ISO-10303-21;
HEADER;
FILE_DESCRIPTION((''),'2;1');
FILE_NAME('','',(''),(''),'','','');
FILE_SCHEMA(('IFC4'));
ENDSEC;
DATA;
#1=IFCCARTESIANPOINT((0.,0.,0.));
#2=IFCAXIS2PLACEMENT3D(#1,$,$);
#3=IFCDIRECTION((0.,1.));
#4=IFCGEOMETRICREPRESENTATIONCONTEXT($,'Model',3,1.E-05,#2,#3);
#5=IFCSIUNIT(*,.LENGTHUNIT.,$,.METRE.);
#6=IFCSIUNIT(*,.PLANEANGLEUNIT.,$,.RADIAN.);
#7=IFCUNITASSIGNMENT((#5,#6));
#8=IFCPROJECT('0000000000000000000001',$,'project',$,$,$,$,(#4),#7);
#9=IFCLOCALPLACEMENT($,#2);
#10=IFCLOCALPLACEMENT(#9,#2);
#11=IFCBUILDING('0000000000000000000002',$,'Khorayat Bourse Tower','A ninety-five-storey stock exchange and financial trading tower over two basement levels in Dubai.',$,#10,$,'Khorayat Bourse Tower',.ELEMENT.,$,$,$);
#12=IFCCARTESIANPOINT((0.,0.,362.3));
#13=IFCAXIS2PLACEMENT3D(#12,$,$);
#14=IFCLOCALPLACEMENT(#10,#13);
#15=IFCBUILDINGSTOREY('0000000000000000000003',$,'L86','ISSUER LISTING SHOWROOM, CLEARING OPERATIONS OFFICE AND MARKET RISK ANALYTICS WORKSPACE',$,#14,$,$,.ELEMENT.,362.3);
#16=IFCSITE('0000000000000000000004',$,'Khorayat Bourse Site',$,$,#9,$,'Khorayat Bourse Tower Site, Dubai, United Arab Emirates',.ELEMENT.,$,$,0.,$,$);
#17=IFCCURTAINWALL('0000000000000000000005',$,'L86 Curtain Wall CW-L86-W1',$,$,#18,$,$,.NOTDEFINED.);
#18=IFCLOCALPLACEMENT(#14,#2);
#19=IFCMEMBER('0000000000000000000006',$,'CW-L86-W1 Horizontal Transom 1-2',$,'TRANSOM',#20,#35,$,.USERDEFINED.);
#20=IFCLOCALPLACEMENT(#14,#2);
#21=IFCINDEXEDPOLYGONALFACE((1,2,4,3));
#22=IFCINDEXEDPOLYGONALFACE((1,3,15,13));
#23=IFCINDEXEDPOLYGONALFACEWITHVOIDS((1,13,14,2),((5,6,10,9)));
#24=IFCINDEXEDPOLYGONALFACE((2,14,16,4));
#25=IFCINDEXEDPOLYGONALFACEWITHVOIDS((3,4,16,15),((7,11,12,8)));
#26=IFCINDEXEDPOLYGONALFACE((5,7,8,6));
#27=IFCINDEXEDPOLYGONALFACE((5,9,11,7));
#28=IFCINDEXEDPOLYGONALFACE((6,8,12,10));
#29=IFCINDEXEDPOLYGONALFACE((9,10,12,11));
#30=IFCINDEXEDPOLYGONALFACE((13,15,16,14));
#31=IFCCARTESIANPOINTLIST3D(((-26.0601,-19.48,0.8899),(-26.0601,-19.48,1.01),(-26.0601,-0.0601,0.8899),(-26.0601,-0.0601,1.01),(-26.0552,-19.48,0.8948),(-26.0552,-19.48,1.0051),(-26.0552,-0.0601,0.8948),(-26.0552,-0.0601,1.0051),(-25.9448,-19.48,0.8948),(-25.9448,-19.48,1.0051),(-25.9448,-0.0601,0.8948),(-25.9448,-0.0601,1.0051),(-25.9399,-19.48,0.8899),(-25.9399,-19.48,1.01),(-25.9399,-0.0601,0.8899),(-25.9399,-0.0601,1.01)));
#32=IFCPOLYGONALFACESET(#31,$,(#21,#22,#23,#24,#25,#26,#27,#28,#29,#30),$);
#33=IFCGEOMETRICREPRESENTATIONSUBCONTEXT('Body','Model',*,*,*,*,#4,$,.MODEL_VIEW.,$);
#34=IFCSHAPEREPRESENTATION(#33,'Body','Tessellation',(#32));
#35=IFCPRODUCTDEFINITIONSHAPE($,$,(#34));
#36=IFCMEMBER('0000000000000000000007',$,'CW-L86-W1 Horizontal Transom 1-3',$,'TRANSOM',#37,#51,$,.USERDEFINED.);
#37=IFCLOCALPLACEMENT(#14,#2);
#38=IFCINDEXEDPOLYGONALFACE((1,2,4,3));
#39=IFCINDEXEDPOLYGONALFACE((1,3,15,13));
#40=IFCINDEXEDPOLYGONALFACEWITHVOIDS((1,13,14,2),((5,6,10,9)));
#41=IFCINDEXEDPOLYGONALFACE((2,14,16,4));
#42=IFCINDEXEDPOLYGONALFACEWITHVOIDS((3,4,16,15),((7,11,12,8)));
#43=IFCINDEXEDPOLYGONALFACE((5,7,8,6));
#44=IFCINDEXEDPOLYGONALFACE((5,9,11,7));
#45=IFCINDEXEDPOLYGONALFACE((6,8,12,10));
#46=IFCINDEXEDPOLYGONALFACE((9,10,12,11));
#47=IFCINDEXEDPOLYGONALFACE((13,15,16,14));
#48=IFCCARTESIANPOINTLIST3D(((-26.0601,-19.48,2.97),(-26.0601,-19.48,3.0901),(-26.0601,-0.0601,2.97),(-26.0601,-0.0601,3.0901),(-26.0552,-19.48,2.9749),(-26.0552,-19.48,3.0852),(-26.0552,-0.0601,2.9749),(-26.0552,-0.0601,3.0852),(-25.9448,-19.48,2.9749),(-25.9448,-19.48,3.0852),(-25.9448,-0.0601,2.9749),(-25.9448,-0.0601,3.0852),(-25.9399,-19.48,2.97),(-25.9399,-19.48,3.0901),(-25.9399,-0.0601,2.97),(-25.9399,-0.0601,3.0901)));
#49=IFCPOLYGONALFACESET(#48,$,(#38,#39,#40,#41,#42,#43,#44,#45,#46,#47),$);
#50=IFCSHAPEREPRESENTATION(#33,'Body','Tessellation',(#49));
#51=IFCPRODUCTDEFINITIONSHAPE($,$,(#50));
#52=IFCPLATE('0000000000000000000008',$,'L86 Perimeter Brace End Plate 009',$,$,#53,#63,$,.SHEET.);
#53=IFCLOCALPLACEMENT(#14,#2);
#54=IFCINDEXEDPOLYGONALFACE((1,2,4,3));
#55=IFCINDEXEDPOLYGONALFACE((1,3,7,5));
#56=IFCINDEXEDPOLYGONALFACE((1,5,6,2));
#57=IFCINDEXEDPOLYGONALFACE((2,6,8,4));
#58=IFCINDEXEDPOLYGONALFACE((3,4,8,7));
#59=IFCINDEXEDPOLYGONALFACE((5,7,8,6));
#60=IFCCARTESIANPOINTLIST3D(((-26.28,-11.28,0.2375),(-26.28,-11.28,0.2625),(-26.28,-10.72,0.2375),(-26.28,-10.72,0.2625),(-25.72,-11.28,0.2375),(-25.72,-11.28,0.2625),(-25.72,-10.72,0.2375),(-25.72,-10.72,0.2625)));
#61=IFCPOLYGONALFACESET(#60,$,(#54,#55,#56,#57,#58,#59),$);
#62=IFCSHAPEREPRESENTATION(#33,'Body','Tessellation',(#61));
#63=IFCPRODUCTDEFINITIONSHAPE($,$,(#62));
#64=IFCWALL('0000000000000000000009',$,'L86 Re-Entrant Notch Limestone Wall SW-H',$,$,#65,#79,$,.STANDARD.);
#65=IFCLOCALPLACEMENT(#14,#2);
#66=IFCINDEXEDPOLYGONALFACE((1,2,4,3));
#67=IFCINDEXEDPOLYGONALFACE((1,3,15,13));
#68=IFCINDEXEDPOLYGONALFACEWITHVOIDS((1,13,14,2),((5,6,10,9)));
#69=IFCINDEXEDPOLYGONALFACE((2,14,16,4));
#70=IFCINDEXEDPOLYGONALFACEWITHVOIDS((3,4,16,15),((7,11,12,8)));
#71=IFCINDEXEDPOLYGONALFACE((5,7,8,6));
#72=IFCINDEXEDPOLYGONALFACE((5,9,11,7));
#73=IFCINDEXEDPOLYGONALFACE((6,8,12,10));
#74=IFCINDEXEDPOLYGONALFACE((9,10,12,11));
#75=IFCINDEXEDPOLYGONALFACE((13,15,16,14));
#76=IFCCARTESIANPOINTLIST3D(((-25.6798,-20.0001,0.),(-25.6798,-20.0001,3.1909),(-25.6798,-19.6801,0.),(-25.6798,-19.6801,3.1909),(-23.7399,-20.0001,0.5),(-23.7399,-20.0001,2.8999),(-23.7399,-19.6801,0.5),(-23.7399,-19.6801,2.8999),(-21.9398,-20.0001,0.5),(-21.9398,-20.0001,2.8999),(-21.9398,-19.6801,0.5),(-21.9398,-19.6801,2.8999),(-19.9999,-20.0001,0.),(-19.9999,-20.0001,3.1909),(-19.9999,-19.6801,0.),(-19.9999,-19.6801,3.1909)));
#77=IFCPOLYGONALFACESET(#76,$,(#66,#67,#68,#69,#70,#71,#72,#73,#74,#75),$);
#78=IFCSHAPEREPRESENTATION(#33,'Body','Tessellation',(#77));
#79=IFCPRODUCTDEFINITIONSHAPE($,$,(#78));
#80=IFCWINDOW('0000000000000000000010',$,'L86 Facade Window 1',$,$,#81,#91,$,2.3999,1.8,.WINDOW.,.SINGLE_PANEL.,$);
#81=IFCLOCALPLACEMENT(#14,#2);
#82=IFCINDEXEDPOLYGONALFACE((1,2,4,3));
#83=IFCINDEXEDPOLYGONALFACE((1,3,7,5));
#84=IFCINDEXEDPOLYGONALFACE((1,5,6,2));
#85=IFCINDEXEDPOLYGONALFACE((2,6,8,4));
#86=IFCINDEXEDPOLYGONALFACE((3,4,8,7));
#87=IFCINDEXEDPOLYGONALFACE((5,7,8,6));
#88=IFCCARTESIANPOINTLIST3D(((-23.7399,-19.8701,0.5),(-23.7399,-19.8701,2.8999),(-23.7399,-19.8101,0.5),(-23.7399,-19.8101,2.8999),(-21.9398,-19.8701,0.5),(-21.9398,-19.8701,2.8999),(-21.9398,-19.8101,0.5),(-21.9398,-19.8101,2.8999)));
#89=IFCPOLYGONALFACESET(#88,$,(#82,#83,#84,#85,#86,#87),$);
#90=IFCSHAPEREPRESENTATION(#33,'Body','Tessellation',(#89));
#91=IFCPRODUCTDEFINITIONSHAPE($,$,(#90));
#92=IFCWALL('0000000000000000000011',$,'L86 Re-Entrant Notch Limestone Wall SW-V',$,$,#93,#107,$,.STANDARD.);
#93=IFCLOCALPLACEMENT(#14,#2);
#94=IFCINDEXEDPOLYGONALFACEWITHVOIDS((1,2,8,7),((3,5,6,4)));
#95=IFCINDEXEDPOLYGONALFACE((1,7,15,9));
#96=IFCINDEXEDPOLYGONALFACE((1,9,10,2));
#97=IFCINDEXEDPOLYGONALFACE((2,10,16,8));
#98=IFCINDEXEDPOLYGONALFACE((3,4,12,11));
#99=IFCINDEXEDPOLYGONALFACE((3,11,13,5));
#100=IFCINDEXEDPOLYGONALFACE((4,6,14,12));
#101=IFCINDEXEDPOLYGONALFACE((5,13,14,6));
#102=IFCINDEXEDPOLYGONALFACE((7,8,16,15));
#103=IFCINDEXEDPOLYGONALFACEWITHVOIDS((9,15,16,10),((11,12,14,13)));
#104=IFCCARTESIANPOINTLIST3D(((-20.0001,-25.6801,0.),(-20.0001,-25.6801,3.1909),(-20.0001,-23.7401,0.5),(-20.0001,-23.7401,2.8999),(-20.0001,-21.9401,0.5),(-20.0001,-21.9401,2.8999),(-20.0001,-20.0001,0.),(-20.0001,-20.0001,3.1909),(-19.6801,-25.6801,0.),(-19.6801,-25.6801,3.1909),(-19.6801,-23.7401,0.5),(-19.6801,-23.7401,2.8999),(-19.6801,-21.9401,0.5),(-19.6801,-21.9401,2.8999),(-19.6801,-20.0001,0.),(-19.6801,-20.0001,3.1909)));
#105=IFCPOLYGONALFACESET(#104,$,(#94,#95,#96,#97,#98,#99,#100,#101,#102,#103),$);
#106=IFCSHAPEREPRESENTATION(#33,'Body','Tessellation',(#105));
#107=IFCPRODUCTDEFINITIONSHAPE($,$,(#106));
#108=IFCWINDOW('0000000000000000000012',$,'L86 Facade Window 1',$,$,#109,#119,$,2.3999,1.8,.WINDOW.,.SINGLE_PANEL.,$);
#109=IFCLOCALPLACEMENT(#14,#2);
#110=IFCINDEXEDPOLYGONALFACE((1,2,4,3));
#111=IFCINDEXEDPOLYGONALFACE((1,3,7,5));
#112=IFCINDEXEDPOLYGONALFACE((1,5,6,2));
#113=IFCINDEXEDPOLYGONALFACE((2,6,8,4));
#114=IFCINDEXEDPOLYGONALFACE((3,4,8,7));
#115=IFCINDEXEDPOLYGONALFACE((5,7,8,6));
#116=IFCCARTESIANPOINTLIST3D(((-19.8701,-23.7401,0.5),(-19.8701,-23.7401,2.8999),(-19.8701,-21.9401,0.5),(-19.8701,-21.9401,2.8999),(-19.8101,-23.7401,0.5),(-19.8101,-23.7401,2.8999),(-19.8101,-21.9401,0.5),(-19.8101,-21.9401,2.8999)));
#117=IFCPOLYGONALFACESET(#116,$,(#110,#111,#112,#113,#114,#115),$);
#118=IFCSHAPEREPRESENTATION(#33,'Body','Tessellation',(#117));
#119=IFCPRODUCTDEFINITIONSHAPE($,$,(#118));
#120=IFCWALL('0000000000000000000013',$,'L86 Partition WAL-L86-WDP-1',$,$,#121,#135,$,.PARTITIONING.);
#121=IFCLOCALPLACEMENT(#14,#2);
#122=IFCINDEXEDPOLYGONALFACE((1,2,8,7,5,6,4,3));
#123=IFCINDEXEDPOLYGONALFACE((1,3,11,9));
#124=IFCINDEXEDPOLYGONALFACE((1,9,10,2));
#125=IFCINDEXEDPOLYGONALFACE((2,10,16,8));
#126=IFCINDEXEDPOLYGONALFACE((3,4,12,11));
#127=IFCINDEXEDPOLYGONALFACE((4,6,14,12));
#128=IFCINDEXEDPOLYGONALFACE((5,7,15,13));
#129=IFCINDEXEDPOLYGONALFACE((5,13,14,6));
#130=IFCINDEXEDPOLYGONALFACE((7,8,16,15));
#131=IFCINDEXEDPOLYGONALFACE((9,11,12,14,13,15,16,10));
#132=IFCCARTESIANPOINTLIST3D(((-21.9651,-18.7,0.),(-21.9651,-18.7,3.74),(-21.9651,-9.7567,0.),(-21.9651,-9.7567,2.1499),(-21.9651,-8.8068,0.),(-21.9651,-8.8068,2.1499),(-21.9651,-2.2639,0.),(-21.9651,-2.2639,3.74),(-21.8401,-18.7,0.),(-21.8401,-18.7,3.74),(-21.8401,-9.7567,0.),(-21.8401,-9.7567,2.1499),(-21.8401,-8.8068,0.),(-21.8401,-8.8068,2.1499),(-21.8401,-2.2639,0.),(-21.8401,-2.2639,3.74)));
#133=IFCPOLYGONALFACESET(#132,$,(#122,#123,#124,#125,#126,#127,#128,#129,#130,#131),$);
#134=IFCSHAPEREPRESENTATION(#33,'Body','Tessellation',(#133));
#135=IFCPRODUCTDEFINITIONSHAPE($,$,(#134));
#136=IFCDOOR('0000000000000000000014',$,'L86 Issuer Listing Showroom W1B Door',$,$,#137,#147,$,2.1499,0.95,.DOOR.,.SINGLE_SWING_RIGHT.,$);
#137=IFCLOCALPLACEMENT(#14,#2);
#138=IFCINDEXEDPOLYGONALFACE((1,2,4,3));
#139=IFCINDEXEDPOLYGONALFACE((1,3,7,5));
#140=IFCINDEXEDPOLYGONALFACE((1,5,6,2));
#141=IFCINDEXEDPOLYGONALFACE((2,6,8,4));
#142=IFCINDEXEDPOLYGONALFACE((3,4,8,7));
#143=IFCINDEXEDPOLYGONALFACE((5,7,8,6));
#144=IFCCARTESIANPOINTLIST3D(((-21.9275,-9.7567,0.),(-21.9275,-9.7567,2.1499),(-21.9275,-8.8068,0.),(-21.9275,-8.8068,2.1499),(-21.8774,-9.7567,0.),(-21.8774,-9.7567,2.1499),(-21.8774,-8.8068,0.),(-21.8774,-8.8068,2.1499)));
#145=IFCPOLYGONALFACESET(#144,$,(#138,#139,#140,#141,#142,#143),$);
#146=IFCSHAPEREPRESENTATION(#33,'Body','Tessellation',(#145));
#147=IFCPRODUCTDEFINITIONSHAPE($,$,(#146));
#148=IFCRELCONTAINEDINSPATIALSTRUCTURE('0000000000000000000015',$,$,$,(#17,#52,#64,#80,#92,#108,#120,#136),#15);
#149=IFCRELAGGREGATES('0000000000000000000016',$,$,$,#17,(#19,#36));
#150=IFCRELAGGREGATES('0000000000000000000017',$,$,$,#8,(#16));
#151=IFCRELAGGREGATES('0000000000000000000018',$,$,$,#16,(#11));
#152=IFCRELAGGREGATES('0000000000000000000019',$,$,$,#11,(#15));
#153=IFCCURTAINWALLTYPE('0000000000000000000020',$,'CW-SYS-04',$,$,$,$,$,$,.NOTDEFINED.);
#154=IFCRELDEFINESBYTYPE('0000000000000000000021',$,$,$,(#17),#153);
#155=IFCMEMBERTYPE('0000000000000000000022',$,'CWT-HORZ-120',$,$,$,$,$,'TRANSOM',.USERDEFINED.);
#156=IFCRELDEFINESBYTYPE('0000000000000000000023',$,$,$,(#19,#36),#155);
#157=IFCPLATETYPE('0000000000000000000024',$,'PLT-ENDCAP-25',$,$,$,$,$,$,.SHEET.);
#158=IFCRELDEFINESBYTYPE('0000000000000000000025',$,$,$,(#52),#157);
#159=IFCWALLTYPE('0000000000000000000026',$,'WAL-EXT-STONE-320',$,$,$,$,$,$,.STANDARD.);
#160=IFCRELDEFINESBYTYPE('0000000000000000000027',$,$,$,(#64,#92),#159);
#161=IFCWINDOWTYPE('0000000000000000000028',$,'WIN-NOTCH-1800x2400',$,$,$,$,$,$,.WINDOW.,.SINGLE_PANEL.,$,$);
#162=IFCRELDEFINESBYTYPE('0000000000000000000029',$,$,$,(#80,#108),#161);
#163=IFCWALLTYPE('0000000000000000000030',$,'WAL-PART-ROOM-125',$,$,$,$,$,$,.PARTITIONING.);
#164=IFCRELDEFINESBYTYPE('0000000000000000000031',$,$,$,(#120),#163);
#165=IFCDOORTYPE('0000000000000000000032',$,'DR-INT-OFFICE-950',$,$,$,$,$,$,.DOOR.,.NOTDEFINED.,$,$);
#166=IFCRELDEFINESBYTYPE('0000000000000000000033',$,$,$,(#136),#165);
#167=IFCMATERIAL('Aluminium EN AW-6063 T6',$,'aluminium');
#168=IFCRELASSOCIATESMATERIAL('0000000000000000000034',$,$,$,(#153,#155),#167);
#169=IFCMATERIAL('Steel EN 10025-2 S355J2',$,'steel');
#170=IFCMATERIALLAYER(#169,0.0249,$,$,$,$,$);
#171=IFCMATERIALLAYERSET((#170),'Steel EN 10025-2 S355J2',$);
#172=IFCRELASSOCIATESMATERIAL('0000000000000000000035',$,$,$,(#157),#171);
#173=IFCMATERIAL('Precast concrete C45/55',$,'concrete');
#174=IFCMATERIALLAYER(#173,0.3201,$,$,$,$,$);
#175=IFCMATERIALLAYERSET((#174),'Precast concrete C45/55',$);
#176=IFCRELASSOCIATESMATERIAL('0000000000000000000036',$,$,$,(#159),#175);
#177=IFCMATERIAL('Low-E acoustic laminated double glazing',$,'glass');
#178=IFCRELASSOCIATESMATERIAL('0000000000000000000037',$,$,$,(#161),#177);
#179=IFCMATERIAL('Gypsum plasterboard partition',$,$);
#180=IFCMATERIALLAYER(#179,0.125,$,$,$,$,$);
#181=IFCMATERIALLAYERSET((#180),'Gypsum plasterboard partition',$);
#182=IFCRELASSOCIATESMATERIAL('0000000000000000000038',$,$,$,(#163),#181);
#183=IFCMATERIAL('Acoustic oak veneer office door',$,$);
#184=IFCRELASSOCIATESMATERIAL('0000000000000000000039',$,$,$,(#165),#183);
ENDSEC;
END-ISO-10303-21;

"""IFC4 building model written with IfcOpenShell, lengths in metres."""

from ifc_helpers import new_model, si_unit, direction, frame, frame_2d, origin, origin_2d, place, context, subcontext, project, spatial, rectangle, hollow_rectangle, extrude, source, transform, mapped, material, layer, layer_set, material_profile, profile_set, type_object, element, fill, aggregate, save


model = new_model("IFC4")

# Units and contexts
model_context = context("Model", 3, precision=1e-05, world=origin(), true_north=direction((0.0, 1.0)))
body_context = subcontext(model_context, "Body", "Model", "MODEL_VIEW")
ifc_project = project(units=[si_unit("LENGTHUNIT", "METRE"), si_unit("PLANEANGLEUNIT", "RADIAN")], contexts=[model_context])

# Site, building, storey
site_placement = place(None, origin())
site = spatial("IfcSite", under=ifc_project, at=site_placement, Name="Khorayat Bourse Site", LongName="Khorayat Bourse Tower Site, Dubai, United Arab Emirates", CompositionType="ELEMENT", RefElevation=0.0)
building_placement = place(site_placement, origin())
building = spatial("IfcBuilding", under=site, at=building_placement, Name="Khorayat Bourse Tower", Description="A ninety-five-storey stock exchange and financial trading tower over two basement levels in Dubai.", LongName="Khorayat Bourse Tower", CompositionType="ELEMENT")
storey_placement = place(building_placement, frame((0.0, 0.0, 362.3)))
storey = spatial("IfcBuildingStorey", under=building, at=storey_placement, Name="L86", Description="ISSUER LISTING SHOWROOM, CLEARING OPERATIONS OFFICE AND MARKET RISK ANALYTICS WORKSPACE", CompositionType="ELEMENT", Elevation=362.3)

# Shared definitions
ifc_material_1 = material(Name="Steel EN 10025-2 S355J2", Category="steel")

# Shared definitions
ifc_material_2 = material(Name="Aluminium EN AW-6063 T6", Category="aluminium")
curtain_wall_type = type_object("IfcCurtainWallType", Name="CW-SYS-04", PredefinedType="NOTDEFINED", material=ifc_material_2)

# Curtain wall, members
curtain_wall_1_placement = place(storey_placement, origin())
curtain_wall_1 = element("IfcCurtainWall", 1, at=curtain_wall_1_placement, inside=storey, type_object=curtain_wall_type, Name="L86 Curtain Wall CW-L86-W1", PredefinedType="NOTDEFINED")
ifc_material_profile_1 = material_profile(ifc_material_2, hollow_rectangle(XDim=0.1201, YDim=0.1201, WallThickness=0.0049, at=origin_2d()), Name="ALU 120x120x5")
ifc_profile_set_1 = profile_set([ifc_material_profile_1], Name="Aluminium EN AW-6063 T6")
member_type_1 = type_object("IfcMemberType", Name="CWT-HORZ-120", ElementType="TRANSOM", PredefinedType="USERDEFINED", material=ifc_profile_set_1)
shared_shape_1 = source(origin(), body_context, "Body", "SweptSolid", [
    extrude(hollow_rectangle(XDim=0.1201, YDim=0.1201, WallThickness=0.0049, at=origin_2d()), origin(), (0.0, 0.0, 1.0), 19.4199),
])
member_1_placement = place(storey_placement, frame((-26.0, -19.48, 0.95), z_axis=(0.0, 1.0, 0.0), x_axis=(-1.0, 0.0, 0.0)))
member_1 = element("IfcMember", 2, at=member_1_placement, type_object=member_type_1, Name="CW-L86-W1 Horizontal Transom 1-2", ObjectType="TRANSOM", PredefinedType="USERDEFINED", context=body_context, shape_type="MappedRepresentation", body=[
    mapped(shared_shape_1, transform((0.0, 0.0, 0.0), scale=1.0)),
])
member_2_placement = place(storey_placement, frame((-26.0, -19.48, 3.03), z_axis=(0.0, 1.0, 0.0), x_axis=(-1.0, 0.0, 0.0)))
member_2 = element("IfcMember", 3, at=member_2_placement, type_object=member_type_1, Name="CW-L86-W1 Horizontal Transom 1-3", ObjectType="TRANSOM", PredefinedType="USERDEFINED", context=body_context, shape_type="MappedRepresentation", body=[
    mapped(shared_shape_1, transform((0.0, 0.0, 0.0), scale=1.0)),
])
aggregate(curtain_wall_1, [member_1, member_2])

# Plate
ifc_layer_1 = layer(ifc_material_1, 0.0249)
ifc_layer_set_1 = layer_set([ifc_layer_1], Name="Steel EN 10025-2 S355J2")
plate_type = type_object("IfcPlateType", Name="PLT-ENDCAP-25", PredefinedType="SHEET", material=ifc_layer_set_1)
shared_shape_2 = source(origin(), body_context, "Body", "SweptSolid", [
    extrude(rectangle(XDim=0.5601, YDim=0.5601, at=origin_2d()), origin(), (0.0, 0.0, 1.0), 0.0249),
])
plate_placement = place(storey_placement, frame((-26.0, -11.0, 0.2375), z_axis=(0.0, 0.0, 1.0), x_axis=(1.0, 0.0, 0.0)))
element("IfcPlate", 4, at=plate_placement, inside=storey, type_object=plate_type, Name="L86 Perimeter Brace End Plate 009", PredefinedType="SHEET", context=body_context, shape_type="MappedRepresentation", body=[
    mapped(shared_shape_2, transform((0.0, 0.0, 0.0), scale=1.0)),
])

# Walls, openings, windows
ifc_material_3 = material(Name="Precast concrete C45/55", Category="concrete")
ifc_layer_2 = layer(ifc_material_3, 0.3201)
ifc_layer_set_2 = layer_set([ifc_layer_2], Name="Precast concrete C45/55")
wall_type_1 = type_object("IfcWallType", Name="WAL-EXT-STONE-320", PredefinedType="STANDARD", material=ifc_layer_set_2)
shared_shape_3 = source(origin(), body_context, "Body", "SweptSolid", [
    extrude(rectangle(XDim=5.6799, YDim=0.3201, at=frame_2d((2.8398, 0.0))), origin(), (0.0, 0.0, 1.0), 3.1909),
])
wall_1_placement = place(storey_placement, frame((-20.0, -19.8401, 0.0), z_axis=(0.0, 0.0, 1.0), x_axis=(-1.0, 0.0, 0.0)))
wall_1 = element("IfcWall", 5, at=wall_1_placement, inside=storey, type_object=wall_type_1, Name="L86 Re-Entrant Notch Limestone Wall SW-H", PredefinedType="STANDARD", context=body_context, shape_type="MappedRepresentation", body=[
    mapped(shared_shape_3, transform((0.0, 0.0, 0.0), scale=1.0)),
])
shared_shape_4 = source(origin(), body_context, "Body", "SweptSolid", [
    extrude(rectangle(XDim=1.8, YDim=2.3999, at=frame_2d((0.8999, 1.2))), frame((0.0, 0.1699, 0.0), z_axis=(0.0, -1.0, 0.0), x_axis=(1.0, 0.0, 0.0)), (0.0, 0.0, 1.0), 0.3401),
])
opening_1_placement = place(wall_1_placement, frame((1.9399, 0.0, 0.5)))
opening_1 = element("IfcOpeningElement", 6, at=opening_1_placement, cuts=wall_1, PredefinedType="OPENING", context=body_context, shape_type="MappedRepresentation", body=[
    mapped(shared_shape_4, transform((0.0, 0.0, 0.0), scale=1.0)),
])
ifc_material_4 = material(Name="Low-E acoustic laminated double glazing", Category="glass")
window_type = type_object("IfcWindowType", Name="WIN-NOTCH-1800x2400", PartitioningType="SINGLE_PANEL", PredefinedType="WINDOW", material=ifc_material_4)
shared_shape_5 = source(origin(), body_context, "Body", "SweptSolid", [
    extrude(rectangle(XDim=1.8, YDim=2.3999, at=frame_2d((0.8999, 1.2))), frame((0.0, 0.03, 0.0), z_axis=(0.0, -1.0, 0.0), x_axis=(1.0, 0.0, 0.0)), (0.0, 0.0, 1.0), 0.0601),
])
window_1_placement = place(opening_1_placement, origin())
window_1 = element("IfcWindow", 7, at=window_1_placement, inside=storey, type_object=window_type, Name="L86 Facade Window 1", OverallHeight=2.3999, OverallWidth=1.8, PartitioningType="SINGLE_PANEL", PredefinedType="WINDOW", context=body_context, shape_type="MappedRepresentation", body=[
    mapped(shared_shape_5, transform((0.0, 0.0, 0.0), scale=1.0)),
])
fill(opening_1, window_1)
wall_2_placement = place(storey_placement, frame((-19.8401, -25.6799, 0.0), z_axis=(0.0, 0.0, 1.0), x_axis=(0.0, 1.0, 0.0)))
wall_2 = element("IfcWall", 8, at=wall_2_placement, inside=storey, type_object=wall_type_1, Name="L86 Re-Entrant Notch Limestone Wall SW-V", PredefinedType="STANDARD", context=body_context, shape_type="MappedRepresentation", body=[
    mapped(shared_shape_3, transform((0.0, 0.0, 0.0), scale=1.0)),
])
opening_2_placement = place(wall_2_placement, frame((1.9399, 0.0, 0.5)))
opening_2 = element("IfcOpeningElement", 9, at=opening_2_placement, cuts=wall_2, PredefinedType="OPENING", context=body_context, shape_type="MappedRepresentation", body=[
    mapped(shared_shape_4, transform((0.0, 0.0, 0.0), scale=1.0)),
])
window_2_placement = place(opening_2_placement, origin())
window_2 = element("IfcWindow", 10, at=window_2_placement, inside=storey, type_object=window_type, Name="L86 Facade Window 1", OverallHeight=2.3999, OverallWidth=1.8, PartitioningType="SINGLE_PANEL", PredefinedType="WINDOW", context=body_context, shape_type="MappedRepresentation", body=[
    mapped(shared_shape_5, transform((0.0, 0.0, 0.0), scale=1.0)),
])
fill(opening_2, window_2)

# Wall, opening, door
ifc_material_5 = material(Name="Gypsum plasterboard partition")
ifc_layer_3 = layer(ifc_material_5, 0.125)
ifc_layer_set_3 = layer_set([ifc_layer_3], Name="Gypsum plasterboard partition")
wall_type_2 = type_object("IfcWallType", Name="WAL-PART-ROOM-125", PredefinedType="PARTITIONING", material=ifc_layer_set_3)
shared_shape_6 = source(origin(), body_context, "Body", "SweptSolid", [
    extrude(rectangle(XDim=16.436, YDim=0.125, at=frame_2d((8.218, 0.0))), origin(), (0.0, 0.0, 1.0), 3.74),
])
wall_3_placement = place(storey_placement, frame((-21.9026, -18.7, 0.0), z_axis=(0.0, 0.0, 1.0), x_axis=(0.0, 1.0, 0.0)))
wall_3 = element("IfcWall", 11, at=wall_3_placement, inside=storey, type_object=wall_type_2, Name="L86 Partition WAL-L86-WDP-1", PredefinedType="PARTITIONING", context=body_context, shape_type="MappedRepresentation", body=[
    mapped(shared_shape_6, transform((0.0, 0.0, 0.0), scale=1.0)),
])
shared_shape_7 = source(origin(), body_context, "Body", "SweptSolid", [
    extrude(rectangle(XDim=0.95, YDim=2.1499, at=frame_2d((0.4751, 1.075))), frame((0.0, 0.0725, 0.0), z_axis=(0.0, -1.0, 0.0), x_axis=(1.0, 0.0, 0.0)), (0.0, 0.0, 1.0), 0.145),
])
opening_3_placement = place(wall_3_placement, frame((8.9431, 0.0, 0.0)))
opening_3 = element("IfcOpeningElement", 12, at=opening_3_placement, cuts=wall_3, PredefinedType="OPENING", context=body_context, shape_type="MappedRepresentation", body=[
    mapped(shared_shape_7, transform((0.0, 0.0, 0.0), scale=1.0)),
])
ifc_material_6 = material(Name="Acoustic oak veneer office door")
door_type = type_object("IfcDoorType", Name="DR-INT-OFFICE-950", OperationType="NOTDEFINED", PredefinedType="DOOR", material=ifc_material_6)
shared_shape_8 = source(origin(), body_context, "Body", "SweptSolid", [
    extrude(rectangle(XDim=0.95, YDim=2.1499, at=frame_2d((0.4751, 1.075))), frame((0.0, 0.0249, 0.0), z_axis=(0.0, -1.0, 0.0), x_axis=(1.0, 0.0, 0.0)), (0.0, 0.0, 1.0), 0.05),
])
door_placement = place(opening_3_placement, origin())
door = element("IfcDoor", 13, at=door_placement, inside=storey, type_object=door_type, Name="L86 Issuer Listing Showroom W1B Door", OperationType="SINGLE_SWING_RIGHT", OverallHeight=2.1499, OverallWidth=0.95, PredefinedType="DOOR", context=body_context, shape_type="MappedRepresentation", body=[
    mapped(shared_shape_8, transform((0.0, 0.0, 0.0), scale=1.0)),
])
fill(opening_3, door)

save(model, "model.ifc")
